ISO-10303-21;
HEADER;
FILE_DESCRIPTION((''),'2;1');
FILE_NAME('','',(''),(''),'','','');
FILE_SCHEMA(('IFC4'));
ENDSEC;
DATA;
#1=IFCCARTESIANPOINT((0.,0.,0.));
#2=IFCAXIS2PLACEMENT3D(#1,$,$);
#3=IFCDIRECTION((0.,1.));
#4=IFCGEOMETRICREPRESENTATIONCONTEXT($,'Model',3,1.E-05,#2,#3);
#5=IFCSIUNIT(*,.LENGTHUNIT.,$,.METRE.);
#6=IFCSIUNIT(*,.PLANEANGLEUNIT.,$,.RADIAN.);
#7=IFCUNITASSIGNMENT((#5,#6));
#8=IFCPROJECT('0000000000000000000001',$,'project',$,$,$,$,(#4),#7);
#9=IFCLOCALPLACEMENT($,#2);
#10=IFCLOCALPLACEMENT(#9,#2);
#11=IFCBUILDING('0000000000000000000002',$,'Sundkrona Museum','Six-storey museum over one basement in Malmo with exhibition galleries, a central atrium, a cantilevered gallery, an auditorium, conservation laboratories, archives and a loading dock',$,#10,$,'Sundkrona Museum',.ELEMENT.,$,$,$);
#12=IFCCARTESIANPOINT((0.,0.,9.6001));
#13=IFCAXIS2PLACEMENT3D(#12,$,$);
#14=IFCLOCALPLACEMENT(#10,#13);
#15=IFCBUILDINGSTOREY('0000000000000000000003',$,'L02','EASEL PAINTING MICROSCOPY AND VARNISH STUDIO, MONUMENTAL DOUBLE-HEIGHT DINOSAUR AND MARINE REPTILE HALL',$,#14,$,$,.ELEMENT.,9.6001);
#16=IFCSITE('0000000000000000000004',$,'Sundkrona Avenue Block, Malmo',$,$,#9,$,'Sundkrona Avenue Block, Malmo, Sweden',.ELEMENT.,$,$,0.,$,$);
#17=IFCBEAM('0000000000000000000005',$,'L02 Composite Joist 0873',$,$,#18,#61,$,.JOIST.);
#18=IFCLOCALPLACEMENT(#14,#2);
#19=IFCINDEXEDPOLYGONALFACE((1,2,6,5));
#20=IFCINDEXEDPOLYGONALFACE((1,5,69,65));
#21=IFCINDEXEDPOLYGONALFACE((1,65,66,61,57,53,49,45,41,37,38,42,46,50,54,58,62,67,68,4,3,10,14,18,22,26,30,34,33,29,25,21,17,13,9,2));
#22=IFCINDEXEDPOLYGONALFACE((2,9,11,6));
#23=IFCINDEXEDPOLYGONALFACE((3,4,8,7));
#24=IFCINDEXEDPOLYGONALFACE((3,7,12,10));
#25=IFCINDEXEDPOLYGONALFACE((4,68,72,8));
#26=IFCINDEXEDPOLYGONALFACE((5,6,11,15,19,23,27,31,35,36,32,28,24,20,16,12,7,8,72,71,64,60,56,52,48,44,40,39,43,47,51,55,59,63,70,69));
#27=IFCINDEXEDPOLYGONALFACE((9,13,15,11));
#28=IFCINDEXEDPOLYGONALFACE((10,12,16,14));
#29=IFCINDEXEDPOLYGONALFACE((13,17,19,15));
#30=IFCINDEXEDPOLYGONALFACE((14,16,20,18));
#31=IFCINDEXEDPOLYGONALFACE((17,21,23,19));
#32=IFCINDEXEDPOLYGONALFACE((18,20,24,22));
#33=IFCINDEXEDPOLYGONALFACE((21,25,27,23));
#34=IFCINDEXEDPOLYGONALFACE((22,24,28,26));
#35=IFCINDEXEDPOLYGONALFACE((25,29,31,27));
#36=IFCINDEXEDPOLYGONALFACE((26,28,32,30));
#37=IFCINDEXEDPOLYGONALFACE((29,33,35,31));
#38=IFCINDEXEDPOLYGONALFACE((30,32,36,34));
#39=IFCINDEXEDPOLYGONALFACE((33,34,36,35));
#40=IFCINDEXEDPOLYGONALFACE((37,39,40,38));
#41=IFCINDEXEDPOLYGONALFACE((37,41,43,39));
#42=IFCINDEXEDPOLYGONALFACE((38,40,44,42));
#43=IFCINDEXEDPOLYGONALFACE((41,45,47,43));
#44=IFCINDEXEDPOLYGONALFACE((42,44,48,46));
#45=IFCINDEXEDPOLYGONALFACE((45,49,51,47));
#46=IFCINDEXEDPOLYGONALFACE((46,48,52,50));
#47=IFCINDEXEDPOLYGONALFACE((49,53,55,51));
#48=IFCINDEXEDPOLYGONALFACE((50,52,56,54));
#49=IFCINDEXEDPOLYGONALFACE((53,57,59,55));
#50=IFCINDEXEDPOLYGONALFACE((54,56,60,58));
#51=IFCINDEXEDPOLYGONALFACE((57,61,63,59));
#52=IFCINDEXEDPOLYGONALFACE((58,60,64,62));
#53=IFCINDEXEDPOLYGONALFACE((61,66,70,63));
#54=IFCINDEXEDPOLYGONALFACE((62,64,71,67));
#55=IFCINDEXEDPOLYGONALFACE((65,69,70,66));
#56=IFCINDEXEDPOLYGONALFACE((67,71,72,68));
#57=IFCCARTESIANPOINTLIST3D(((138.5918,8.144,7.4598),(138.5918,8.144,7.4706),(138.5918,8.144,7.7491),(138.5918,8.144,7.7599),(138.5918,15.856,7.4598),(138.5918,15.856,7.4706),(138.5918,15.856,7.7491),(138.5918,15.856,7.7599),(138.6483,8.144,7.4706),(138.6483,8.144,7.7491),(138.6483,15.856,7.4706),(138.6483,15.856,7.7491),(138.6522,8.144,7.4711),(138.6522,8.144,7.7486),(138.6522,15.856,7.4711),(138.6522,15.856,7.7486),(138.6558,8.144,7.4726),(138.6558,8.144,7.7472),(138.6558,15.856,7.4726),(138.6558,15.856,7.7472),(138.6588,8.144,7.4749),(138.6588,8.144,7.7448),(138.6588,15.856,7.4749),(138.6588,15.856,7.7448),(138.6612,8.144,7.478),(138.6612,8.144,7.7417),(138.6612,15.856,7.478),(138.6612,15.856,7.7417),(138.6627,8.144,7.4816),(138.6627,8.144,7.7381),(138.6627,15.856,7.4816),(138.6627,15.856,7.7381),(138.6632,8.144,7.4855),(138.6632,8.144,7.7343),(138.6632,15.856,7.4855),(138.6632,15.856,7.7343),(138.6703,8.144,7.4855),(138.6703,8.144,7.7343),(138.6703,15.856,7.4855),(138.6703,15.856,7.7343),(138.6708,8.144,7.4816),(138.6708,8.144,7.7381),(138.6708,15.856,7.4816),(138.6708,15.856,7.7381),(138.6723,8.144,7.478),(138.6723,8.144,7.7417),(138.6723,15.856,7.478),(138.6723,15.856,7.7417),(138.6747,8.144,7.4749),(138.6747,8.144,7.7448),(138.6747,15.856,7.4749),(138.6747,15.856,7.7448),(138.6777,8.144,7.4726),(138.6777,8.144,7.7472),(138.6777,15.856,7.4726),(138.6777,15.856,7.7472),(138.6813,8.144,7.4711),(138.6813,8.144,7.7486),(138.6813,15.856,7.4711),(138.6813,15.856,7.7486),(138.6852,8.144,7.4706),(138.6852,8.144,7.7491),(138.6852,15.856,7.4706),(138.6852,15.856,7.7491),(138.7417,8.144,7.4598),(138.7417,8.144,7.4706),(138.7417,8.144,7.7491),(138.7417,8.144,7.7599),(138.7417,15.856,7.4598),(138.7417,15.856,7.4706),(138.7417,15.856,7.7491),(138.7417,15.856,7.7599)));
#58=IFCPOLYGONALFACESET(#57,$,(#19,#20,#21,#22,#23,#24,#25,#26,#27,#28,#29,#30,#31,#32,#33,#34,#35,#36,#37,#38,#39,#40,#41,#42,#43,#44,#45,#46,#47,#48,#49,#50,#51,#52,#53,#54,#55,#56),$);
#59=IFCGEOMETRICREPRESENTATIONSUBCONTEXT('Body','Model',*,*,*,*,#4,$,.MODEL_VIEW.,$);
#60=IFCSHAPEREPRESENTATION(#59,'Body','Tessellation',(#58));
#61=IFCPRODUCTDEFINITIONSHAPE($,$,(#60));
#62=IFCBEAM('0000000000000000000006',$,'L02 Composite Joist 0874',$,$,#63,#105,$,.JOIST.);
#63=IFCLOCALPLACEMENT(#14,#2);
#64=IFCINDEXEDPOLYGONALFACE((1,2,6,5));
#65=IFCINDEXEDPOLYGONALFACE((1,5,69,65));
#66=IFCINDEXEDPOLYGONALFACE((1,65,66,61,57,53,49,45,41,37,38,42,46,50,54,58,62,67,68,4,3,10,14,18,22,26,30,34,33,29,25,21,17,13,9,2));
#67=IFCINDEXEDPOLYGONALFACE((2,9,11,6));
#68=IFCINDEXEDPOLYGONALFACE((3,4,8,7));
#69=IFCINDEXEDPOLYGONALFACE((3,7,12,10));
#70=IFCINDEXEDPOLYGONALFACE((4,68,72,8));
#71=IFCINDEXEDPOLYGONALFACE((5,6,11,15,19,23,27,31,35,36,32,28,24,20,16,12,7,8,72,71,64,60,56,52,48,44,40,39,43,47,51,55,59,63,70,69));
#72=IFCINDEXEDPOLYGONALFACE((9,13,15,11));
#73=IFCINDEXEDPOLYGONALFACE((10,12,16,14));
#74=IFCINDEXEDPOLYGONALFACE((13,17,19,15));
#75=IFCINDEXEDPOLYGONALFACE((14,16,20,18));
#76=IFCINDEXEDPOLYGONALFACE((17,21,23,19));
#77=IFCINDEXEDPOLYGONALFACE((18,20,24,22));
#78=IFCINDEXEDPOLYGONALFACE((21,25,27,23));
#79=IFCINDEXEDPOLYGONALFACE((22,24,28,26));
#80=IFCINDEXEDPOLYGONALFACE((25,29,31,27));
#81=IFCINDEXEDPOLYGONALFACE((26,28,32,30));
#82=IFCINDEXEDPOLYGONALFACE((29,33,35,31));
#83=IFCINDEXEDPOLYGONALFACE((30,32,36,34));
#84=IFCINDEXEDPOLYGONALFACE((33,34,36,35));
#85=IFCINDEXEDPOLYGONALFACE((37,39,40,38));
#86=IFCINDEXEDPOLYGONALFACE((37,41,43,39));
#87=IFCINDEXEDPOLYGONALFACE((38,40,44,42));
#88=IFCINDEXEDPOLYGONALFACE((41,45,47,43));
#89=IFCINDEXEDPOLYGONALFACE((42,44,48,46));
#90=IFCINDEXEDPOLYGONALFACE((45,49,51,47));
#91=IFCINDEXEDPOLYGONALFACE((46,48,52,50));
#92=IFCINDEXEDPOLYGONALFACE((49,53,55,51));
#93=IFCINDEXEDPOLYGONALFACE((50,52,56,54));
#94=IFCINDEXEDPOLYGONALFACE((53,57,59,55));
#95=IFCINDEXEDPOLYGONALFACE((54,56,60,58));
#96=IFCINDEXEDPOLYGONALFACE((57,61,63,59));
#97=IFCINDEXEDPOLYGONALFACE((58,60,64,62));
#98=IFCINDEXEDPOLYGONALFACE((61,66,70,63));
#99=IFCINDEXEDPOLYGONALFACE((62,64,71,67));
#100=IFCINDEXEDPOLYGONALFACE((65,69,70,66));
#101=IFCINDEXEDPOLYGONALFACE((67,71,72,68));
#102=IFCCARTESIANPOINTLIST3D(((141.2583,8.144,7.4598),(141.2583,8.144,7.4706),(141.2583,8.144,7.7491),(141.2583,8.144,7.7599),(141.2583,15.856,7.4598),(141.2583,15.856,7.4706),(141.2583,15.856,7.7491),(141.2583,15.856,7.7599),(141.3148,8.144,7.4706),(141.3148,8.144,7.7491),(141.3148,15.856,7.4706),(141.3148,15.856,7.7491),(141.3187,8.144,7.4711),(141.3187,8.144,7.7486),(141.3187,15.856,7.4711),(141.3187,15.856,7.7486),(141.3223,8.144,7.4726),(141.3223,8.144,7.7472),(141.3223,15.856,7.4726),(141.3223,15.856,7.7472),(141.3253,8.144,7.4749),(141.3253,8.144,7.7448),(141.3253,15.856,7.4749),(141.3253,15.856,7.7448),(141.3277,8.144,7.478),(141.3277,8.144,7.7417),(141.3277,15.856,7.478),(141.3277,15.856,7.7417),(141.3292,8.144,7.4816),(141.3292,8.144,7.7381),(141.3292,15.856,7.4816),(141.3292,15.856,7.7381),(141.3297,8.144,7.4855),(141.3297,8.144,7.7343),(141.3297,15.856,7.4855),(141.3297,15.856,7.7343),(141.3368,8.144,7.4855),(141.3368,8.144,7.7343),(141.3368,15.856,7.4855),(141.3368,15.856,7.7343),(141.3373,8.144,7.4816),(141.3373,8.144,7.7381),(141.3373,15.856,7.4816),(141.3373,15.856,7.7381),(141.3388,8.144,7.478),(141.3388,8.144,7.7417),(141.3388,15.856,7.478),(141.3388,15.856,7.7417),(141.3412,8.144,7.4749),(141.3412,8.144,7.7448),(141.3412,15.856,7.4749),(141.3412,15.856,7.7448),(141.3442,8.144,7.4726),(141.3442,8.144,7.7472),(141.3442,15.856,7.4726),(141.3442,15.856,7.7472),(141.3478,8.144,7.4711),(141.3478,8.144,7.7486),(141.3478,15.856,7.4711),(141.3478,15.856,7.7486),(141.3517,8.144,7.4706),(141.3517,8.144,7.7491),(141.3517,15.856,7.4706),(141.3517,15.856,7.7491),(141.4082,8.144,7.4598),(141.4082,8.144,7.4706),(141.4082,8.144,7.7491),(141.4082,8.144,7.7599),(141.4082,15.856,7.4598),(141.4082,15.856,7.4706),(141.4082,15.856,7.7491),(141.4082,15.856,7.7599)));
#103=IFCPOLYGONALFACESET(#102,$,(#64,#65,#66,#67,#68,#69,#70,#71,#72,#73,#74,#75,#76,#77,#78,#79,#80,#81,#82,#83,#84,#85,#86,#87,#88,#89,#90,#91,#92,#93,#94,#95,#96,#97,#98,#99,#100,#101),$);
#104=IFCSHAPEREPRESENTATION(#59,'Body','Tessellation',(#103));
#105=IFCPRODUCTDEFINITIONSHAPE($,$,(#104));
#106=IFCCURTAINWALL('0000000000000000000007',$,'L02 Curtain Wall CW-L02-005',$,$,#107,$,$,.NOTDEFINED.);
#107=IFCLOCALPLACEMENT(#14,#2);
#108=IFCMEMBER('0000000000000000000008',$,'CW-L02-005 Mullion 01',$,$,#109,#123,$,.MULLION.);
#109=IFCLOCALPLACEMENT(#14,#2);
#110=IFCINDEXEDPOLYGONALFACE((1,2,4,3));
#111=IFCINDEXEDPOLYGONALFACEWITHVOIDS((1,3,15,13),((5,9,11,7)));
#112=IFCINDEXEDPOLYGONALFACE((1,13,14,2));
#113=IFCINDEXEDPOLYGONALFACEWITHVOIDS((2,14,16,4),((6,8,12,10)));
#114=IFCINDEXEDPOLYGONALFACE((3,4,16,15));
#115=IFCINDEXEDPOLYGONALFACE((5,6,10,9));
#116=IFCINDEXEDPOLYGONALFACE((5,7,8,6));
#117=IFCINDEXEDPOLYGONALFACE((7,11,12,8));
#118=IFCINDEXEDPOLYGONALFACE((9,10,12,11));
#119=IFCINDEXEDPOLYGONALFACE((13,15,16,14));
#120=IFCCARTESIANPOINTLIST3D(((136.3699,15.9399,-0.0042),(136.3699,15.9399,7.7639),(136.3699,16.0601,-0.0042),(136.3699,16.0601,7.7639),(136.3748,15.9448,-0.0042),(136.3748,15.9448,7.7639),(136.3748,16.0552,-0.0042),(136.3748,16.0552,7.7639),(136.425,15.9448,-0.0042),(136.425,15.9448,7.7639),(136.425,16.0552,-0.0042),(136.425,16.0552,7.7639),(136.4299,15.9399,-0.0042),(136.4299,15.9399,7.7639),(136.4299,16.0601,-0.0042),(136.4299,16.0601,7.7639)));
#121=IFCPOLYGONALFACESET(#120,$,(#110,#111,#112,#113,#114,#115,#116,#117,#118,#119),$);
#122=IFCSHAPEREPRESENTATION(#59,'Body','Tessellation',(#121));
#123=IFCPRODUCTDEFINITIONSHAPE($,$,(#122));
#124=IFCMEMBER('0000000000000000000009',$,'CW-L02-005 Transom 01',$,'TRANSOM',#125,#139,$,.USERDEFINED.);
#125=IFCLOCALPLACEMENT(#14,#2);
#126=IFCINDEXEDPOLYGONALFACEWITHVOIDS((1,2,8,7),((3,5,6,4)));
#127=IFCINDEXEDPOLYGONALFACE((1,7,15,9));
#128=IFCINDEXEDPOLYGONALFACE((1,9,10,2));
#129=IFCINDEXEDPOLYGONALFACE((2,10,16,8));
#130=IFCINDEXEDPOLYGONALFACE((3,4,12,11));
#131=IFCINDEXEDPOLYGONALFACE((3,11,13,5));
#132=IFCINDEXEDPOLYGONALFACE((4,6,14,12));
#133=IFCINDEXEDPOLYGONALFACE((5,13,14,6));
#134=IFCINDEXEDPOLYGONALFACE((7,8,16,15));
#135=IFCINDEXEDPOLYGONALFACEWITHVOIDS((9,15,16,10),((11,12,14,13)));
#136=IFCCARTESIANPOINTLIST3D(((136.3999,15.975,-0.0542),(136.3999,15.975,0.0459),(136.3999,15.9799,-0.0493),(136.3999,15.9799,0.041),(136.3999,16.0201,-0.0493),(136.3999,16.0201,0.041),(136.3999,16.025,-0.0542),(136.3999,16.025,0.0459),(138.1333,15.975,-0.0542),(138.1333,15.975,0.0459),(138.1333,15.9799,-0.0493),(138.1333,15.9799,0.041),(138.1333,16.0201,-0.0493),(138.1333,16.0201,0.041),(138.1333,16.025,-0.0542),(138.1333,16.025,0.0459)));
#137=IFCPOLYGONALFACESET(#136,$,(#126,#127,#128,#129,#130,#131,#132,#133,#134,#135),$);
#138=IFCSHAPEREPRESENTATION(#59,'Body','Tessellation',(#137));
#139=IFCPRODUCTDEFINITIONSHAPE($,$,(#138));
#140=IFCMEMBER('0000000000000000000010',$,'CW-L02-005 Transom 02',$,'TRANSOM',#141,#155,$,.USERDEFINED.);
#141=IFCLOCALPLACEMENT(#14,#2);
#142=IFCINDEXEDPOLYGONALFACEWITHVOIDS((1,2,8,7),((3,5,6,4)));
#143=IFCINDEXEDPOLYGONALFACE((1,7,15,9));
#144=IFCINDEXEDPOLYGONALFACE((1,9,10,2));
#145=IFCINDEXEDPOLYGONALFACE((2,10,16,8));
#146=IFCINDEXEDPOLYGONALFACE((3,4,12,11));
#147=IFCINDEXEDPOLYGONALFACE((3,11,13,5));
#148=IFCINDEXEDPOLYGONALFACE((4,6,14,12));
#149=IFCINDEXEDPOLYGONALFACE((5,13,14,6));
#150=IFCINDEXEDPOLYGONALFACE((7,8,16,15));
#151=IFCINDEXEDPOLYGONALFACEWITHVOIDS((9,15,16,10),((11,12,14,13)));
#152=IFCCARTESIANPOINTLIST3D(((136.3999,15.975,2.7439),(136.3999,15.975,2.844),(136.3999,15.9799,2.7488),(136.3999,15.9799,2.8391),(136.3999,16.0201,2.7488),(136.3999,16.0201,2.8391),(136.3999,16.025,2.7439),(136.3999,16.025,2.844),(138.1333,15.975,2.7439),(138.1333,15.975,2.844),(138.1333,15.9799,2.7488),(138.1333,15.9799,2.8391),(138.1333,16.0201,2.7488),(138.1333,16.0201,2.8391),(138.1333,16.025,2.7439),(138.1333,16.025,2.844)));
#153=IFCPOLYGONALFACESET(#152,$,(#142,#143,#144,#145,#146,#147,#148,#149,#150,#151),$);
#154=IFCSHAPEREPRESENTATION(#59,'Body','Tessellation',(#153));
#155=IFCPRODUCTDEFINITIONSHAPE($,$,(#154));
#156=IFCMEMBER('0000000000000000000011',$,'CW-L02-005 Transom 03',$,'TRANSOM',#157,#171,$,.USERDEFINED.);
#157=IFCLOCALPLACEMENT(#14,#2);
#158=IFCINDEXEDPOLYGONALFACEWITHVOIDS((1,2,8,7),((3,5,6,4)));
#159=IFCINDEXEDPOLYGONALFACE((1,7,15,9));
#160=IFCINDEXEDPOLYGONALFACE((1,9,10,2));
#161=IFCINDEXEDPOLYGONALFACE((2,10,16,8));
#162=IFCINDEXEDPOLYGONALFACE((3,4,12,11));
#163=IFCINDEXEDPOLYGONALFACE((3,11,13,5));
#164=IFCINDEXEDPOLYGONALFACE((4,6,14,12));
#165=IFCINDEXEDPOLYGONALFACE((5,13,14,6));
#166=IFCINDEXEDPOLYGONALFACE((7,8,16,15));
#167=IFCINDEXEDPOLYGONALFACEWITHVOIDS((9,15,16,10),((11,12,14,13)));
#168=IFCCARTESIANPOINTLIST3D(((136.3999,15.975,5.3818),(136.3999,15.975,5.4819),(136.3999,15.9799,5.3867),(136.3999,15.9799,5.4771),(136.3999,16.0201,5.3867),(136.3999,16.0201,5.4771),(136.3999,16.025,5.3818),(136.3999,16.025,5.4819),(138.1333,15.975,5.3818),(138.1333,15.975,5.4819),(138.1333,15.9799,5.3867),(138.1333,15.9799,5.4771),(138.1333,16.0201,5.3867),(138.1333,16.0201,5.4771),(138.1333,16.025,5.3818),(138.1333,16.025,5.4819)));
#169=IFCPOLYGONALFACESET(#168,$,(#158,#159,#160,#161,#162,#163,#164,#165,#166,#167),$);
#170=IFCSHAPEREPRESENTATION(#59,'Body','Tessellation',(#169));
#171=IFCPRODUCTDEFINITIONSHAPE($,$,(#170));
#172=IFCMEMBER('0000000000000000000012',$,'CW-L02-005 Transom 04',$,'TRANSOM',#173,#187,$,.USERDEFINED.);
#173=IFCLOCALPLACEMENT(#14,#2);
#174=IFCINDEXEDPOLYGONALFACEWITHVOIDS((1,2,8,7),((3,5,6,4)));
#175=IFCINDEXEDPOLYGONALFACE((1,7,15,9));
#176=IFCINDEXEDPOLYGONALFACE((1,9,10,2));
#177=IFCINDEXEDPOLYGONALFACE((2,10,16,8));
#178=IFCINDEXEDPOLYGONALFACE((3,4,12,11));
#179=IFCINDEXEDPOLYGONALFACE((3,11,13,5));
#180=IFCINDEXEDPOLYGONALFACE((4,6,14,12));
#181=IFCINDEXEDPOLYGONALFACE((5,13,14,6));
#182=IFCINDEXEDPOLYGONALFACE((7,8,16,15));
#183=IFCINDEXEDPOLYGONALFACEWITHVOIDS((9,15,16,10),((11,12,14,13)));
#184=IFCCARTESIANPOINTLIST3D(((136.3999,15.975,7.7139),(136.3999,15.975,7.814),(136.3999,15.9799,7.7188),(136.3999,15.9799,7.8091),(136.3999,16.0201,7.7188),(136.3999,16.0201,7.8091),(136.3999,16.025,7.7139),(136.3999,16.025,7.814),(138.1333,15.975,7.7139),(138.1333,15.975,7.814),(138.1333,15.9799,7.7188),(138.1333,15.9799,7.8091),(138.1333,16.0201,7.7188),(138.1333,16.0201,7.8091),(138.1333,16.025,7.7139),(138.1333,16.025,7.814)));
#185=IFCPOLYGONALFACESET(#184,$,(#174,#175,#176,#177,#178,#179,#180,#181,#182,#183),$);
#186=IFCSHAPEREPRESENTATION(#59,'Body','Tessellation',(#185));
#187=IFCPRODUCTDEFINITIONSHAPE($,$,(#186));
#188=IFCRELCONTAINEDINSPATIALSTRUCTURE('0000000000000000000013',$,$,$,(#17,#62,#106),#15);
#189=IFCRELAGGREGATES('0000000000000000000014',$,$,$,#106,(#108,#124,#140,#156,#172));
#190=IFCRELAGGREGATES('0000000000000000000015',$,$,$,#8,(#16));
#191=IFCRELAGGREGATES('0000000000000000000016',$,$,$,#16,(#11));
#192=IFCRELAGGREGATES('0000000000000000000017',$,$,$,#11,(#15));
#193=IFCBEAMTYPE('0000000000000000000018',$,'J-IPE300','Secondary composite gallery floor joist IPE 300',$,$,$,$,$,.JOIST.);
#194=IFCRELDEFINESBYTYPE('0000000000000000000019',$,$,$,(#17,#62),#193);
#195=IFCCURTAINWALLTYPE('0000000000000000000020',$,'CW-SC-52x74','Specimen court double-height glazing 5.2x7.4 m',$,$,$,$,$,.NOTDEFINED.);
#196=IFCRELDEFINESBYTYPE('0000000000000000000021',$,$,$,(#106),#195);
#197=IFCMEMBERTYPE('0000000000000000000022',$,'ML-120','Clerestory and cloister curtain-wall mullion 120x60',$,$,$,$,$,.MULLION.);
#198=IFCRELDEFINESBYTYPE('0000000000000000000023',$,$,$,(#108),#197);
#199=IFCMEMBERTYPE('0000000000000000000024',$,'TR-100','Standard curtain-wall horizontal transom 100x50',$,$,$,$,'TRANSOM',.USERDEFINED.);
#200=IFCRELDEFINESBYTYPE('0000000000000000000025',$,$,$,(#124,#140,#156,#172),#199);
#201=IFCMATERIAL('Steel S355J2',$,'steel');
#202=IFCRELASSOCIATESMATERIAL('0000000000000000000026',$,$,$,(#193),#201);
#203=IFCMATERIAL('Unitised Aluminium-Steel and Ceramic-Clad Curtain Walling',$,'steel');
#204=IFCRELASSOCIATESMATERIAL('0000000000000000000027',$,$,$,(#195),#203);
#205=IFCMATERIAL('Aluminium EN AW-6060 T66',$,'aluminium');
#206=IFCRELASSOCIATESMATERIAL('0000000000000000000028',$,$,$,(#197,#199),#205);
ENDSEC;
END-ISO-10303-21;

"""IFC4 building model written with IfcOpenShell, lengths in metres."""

from ifc_helpers import new_model, si_unit, direction, frame, origin, origin_2d, place, context, subcontext, project, spatial, hollow_rectangle, i_section, extrude, material, material_profile, profile_set, type_object, element, aggregate, save


model = new_model("IFC4")

# Units and contexts
model_context = context("Model", 3, precision=1e-05, world=origin(), true_north=direction((0.0, 1.0)))
body_context = subcontext(model_context, "Body", "Model", "MODEL_VIEW")
ifc_project = project(units=[si_unit("LENGTHUNIT", "METRE"), si_unit("PLANEANGLEUNIT", "RADIAN")], contexts=[model_context])

# Site, building, storey
site_placement = place(None, origin())
site = spatial("IfcSite", under=ifc_project, at=site_placement, Name="Sundkrona Avenue Block, Malmo", LongName="Sundkrona Avenue Block, Malmo, Sweden", CompositionType="ELEMENT", RefElevation=0.0)
building_placement = place(site_placement, origin())
building = spatial("IfcBuilding", under=site, at=building_placement, Name="Sundkrona Museum", Description="Six-storey museum over one basement in Malmo with exhibition galleries, a central atrium, a cantilevered gallery, an auditorium, conservation laboratories, archives and a loading dock", LongName="Sundkrona Museum", CompositionType="ELEMENT")
storey_placement = place(building_placement, frame((0.0, 0.0, 9.6001)))
storey = spatial("IfcBuildingStorey", under=building, at=storey_placement, Name="L02", Description="EASEL PAINTING MICROSCOPY AND VARNISH STUDIO, MONUMENTAL DOUBLE-HEIGHT DINOSAUR AND MARINE REPTILE HALL", CompositionType="ELEMENT", Elevation=9.6001)

# Shared definitions
ifc_material_1 = material(Name="Steel S355J2", Category="steel")

# Beams
ifc_material_profile_1 = material_profile(ifc_material_1, i_section(OverallWidth=0.1499, OverallDepth=0.3, WebThickness=0.0071, FlangeThickness=0.0107, FilletRadius=0.0149, at=origin_2d()), Name="IPE 300")
ifc_profile_set_1 = profile_set([ifc_material_profile_1], Name="Steel S355J2")
beam_type_1 = type_object("IfcBeamType", Name="J-IPE300", Description="Secondary composite gallery floor joist IPE 300", PredefinedType="JOIST", material=ifc_profile_set_1)
for number, where, z_axis, x_axis, name in (
    (1, (138.6667, 8.144, 7.6099), (0.0, 1.0, 0.0), (-1.0, 0.0, 0.0), "L02 Composite Joist 0873"),
    (2, (141.3333, 8.144, 7.6099), (0.0, 1.0, 0.0), (-1.0, 0.0, 0.0), "L02 Composite Joist 0874"),
):
    element("IfcBeam", number, at=place(storey_placement, frame(where, z_axis=z_axis, x_axis=x_axis)), inside=storey, type_object=beam_type_1, Name=name, PredefinedType="JOIST", context=body_context, shape_type="SweptSolid", body=[
        extrude(i_section(OverallWidth=0.1499, OverallDepth=0.3, WebThickness=0.0071, FlangeThickness=0.0107, FilletRadius=0.0149, at=origin_2d()), origin(), (0.0, 0.0, 1.0), 7.7119),
    ])

# Curtain wall, members
ifc_material_2 = material(Name="Unitised Aluminium-Steel and Ceramic-Clad Curtain Walling", Category="steel")
curtain_wall_type_1 = type_object("IfcCurtainWallType", Name="CW-SC-52x74", Description="Specimen court double-height glazing 5.2x7.4 m", PredefinedType="NOTDEFINED", material=ifc_material_2)
curtain_wall_1_placement = place(storey_placement, origin())
curtain_wall_1 = element("IfcCurtainWall", 3, at=curtain_wall_1_placement, inside=storey, type_object=curtain_wall_type_1, Name="L02 Curtain Wall CW-L02-005", PredefinedType="NOTDEFINED")
ifc_material_3 = material(Name="Aluminium EN AW-6060 T66", Category="aluminium")
ifc_material_profile_2 = material_profile(ifc_material_3, hollow_rectangle(XDim=0.0601, YDim=0.1201, WallThickness=0.0049, at=origin_2d()), Name="RHS 120x60x5.0")
ifc_profile_set_2 = profile_set([ifc_material_profile_2], Name="Aluminium EN AW-6060 T66")
member_type_1 = type_object("IfcMemberType", Name="ML-120", Description="Clerestory and cloister curtain-wall mullion 120x60", PredefinedType="MULLION", material=ifc_profile_set_2)
member_1_placement = place(storey_placement, frame((136.3999, 16.0, -0.0042), z_axis=(0.0, 0.0, 1.0), x_axis=(1.0, 0.0, 0.0)))
member_1 = element("IfcMember", 4, at=member_1_placement, type_object=member_type_1, Name="CW-L02-005 Mullion 01", PredefinedType="MULLION", context=body_context, shape_type="SweptSolid", body=[
    extrude(hollow_rectangle(XDim=0.0601, YDim=0.1201, WallThickness=0.0049, at=origin_2d()), origin(), (0.0, 0.0, 1.0), 7.7681),
])
ifc_material_profile_3 = material_profile(ifc_material_3, hollow_rectangle(XDim=0.05, YDim=0.1001, WallThickness=0.0049, at=origin_2d()), Name="RHS 100x50x5.0")
ifc_profile_set_3 = profile_set([ifc_material_profile_3], Name="Aluminium EN AW-6060 T66")
member_type_2 = type_object("IfcMemberType", Name="TR-100", Description="Standard curtain-wall horizontal transom 100x50", ElementType="TRANSOM", PredefinedType="USERDEFINED", material=ifc_profile_set_3)
member_2_placement = place(storey_placement, frame((136.3999, 16.0, -0.0042), z_axis=(1.0, 0.0, 0.0), x_axis=(0.0, 1.0, 0.0)))
member_2 = element("IfcMember", 5, at=member_2_placement, type_object=member_type_2, Name="CW-L02-005 Transom 01", ObjectType="TRANSOM", PredefinedType="USERDEFINED", context=body_context, shape_type="SweptSolid", body=[
    extrude(hollow_rectangle(XDim=0.05, YDim=0.1001, WallThickness=0.0049, at=origin_2d()), origin(), (0.0, 0.0, 1.0), 1.7334),
])
member_3_placement = place(storey_placement, frame((136.3999, 16.0, 2.7939), z_axis=(1.0, 0.0, 0.0), x_axis=(0.0, 1.0, 0.0)))
member_3 = element("IfcMember", 6, at=member_3_placement, type_object=member_type_2, Name="CW-L02-005 Transom 02", ObjectType="TRANSOM", PredefinedType="USERDEFINED", context=body_context, shape_type="SweptSolid", body=[
    extrude(hollow_rectangle(XDim=0.05, YDim=0.1001, WallThickness=0.0049, at=origin_2d()), origin(), (0.0, 0.0, 1.0), 1.7334),
])
member_4_placement = place(storey_placement, frame((136.3999, 16.0, 5.4319), z_axis=(1.0, 0.0, 0.0), x_axis=(0.0, 1.0, 0.0)))
member_4 = element("IfcMember", 7, at=member_4_placement, type_object=member_type_2, Name="CW-L02-005 Transom 03", ObjectType="TRANSOM", PredefinedType="USERDEFINED", context=body_context, shape_type="SweptSolid", body=[
    extrude(hollow_rectangle(XDim=0.05, YDim=0.1001, WallThickness=0.0049, at=origin_2d()), origin(), (0.0, 0.0, 1.0), 1.7334),
])
member_5_placement = place(storey_placement, frame((136.3999, 16.0, 7.7639), z_axis=(1.0, 0.0, 0.0), x_axis=(0.0, 1.0, 0.0)))
member_5 = element("IfcMember", 8, at=member_5_placement, type_object=member_type_2, Name="CW-L02-005 Transom 04", ObjectType="TRANSOM", PredefinedType="USERDEFINED", context=body_context, shape_type="SweptSolid", body=[
    extrude(hollow_rectangle(XDim=0.05, YDim=0.1001, WallThickness=0.0049, at=origin_2d()), origin(), (0.0, 0.0, 1.0), 1.7334),
])
aggregate(curtain_wall_1, [member_1, member_2, member_3, member_4, member_5])

save(model, "model.ifc")
